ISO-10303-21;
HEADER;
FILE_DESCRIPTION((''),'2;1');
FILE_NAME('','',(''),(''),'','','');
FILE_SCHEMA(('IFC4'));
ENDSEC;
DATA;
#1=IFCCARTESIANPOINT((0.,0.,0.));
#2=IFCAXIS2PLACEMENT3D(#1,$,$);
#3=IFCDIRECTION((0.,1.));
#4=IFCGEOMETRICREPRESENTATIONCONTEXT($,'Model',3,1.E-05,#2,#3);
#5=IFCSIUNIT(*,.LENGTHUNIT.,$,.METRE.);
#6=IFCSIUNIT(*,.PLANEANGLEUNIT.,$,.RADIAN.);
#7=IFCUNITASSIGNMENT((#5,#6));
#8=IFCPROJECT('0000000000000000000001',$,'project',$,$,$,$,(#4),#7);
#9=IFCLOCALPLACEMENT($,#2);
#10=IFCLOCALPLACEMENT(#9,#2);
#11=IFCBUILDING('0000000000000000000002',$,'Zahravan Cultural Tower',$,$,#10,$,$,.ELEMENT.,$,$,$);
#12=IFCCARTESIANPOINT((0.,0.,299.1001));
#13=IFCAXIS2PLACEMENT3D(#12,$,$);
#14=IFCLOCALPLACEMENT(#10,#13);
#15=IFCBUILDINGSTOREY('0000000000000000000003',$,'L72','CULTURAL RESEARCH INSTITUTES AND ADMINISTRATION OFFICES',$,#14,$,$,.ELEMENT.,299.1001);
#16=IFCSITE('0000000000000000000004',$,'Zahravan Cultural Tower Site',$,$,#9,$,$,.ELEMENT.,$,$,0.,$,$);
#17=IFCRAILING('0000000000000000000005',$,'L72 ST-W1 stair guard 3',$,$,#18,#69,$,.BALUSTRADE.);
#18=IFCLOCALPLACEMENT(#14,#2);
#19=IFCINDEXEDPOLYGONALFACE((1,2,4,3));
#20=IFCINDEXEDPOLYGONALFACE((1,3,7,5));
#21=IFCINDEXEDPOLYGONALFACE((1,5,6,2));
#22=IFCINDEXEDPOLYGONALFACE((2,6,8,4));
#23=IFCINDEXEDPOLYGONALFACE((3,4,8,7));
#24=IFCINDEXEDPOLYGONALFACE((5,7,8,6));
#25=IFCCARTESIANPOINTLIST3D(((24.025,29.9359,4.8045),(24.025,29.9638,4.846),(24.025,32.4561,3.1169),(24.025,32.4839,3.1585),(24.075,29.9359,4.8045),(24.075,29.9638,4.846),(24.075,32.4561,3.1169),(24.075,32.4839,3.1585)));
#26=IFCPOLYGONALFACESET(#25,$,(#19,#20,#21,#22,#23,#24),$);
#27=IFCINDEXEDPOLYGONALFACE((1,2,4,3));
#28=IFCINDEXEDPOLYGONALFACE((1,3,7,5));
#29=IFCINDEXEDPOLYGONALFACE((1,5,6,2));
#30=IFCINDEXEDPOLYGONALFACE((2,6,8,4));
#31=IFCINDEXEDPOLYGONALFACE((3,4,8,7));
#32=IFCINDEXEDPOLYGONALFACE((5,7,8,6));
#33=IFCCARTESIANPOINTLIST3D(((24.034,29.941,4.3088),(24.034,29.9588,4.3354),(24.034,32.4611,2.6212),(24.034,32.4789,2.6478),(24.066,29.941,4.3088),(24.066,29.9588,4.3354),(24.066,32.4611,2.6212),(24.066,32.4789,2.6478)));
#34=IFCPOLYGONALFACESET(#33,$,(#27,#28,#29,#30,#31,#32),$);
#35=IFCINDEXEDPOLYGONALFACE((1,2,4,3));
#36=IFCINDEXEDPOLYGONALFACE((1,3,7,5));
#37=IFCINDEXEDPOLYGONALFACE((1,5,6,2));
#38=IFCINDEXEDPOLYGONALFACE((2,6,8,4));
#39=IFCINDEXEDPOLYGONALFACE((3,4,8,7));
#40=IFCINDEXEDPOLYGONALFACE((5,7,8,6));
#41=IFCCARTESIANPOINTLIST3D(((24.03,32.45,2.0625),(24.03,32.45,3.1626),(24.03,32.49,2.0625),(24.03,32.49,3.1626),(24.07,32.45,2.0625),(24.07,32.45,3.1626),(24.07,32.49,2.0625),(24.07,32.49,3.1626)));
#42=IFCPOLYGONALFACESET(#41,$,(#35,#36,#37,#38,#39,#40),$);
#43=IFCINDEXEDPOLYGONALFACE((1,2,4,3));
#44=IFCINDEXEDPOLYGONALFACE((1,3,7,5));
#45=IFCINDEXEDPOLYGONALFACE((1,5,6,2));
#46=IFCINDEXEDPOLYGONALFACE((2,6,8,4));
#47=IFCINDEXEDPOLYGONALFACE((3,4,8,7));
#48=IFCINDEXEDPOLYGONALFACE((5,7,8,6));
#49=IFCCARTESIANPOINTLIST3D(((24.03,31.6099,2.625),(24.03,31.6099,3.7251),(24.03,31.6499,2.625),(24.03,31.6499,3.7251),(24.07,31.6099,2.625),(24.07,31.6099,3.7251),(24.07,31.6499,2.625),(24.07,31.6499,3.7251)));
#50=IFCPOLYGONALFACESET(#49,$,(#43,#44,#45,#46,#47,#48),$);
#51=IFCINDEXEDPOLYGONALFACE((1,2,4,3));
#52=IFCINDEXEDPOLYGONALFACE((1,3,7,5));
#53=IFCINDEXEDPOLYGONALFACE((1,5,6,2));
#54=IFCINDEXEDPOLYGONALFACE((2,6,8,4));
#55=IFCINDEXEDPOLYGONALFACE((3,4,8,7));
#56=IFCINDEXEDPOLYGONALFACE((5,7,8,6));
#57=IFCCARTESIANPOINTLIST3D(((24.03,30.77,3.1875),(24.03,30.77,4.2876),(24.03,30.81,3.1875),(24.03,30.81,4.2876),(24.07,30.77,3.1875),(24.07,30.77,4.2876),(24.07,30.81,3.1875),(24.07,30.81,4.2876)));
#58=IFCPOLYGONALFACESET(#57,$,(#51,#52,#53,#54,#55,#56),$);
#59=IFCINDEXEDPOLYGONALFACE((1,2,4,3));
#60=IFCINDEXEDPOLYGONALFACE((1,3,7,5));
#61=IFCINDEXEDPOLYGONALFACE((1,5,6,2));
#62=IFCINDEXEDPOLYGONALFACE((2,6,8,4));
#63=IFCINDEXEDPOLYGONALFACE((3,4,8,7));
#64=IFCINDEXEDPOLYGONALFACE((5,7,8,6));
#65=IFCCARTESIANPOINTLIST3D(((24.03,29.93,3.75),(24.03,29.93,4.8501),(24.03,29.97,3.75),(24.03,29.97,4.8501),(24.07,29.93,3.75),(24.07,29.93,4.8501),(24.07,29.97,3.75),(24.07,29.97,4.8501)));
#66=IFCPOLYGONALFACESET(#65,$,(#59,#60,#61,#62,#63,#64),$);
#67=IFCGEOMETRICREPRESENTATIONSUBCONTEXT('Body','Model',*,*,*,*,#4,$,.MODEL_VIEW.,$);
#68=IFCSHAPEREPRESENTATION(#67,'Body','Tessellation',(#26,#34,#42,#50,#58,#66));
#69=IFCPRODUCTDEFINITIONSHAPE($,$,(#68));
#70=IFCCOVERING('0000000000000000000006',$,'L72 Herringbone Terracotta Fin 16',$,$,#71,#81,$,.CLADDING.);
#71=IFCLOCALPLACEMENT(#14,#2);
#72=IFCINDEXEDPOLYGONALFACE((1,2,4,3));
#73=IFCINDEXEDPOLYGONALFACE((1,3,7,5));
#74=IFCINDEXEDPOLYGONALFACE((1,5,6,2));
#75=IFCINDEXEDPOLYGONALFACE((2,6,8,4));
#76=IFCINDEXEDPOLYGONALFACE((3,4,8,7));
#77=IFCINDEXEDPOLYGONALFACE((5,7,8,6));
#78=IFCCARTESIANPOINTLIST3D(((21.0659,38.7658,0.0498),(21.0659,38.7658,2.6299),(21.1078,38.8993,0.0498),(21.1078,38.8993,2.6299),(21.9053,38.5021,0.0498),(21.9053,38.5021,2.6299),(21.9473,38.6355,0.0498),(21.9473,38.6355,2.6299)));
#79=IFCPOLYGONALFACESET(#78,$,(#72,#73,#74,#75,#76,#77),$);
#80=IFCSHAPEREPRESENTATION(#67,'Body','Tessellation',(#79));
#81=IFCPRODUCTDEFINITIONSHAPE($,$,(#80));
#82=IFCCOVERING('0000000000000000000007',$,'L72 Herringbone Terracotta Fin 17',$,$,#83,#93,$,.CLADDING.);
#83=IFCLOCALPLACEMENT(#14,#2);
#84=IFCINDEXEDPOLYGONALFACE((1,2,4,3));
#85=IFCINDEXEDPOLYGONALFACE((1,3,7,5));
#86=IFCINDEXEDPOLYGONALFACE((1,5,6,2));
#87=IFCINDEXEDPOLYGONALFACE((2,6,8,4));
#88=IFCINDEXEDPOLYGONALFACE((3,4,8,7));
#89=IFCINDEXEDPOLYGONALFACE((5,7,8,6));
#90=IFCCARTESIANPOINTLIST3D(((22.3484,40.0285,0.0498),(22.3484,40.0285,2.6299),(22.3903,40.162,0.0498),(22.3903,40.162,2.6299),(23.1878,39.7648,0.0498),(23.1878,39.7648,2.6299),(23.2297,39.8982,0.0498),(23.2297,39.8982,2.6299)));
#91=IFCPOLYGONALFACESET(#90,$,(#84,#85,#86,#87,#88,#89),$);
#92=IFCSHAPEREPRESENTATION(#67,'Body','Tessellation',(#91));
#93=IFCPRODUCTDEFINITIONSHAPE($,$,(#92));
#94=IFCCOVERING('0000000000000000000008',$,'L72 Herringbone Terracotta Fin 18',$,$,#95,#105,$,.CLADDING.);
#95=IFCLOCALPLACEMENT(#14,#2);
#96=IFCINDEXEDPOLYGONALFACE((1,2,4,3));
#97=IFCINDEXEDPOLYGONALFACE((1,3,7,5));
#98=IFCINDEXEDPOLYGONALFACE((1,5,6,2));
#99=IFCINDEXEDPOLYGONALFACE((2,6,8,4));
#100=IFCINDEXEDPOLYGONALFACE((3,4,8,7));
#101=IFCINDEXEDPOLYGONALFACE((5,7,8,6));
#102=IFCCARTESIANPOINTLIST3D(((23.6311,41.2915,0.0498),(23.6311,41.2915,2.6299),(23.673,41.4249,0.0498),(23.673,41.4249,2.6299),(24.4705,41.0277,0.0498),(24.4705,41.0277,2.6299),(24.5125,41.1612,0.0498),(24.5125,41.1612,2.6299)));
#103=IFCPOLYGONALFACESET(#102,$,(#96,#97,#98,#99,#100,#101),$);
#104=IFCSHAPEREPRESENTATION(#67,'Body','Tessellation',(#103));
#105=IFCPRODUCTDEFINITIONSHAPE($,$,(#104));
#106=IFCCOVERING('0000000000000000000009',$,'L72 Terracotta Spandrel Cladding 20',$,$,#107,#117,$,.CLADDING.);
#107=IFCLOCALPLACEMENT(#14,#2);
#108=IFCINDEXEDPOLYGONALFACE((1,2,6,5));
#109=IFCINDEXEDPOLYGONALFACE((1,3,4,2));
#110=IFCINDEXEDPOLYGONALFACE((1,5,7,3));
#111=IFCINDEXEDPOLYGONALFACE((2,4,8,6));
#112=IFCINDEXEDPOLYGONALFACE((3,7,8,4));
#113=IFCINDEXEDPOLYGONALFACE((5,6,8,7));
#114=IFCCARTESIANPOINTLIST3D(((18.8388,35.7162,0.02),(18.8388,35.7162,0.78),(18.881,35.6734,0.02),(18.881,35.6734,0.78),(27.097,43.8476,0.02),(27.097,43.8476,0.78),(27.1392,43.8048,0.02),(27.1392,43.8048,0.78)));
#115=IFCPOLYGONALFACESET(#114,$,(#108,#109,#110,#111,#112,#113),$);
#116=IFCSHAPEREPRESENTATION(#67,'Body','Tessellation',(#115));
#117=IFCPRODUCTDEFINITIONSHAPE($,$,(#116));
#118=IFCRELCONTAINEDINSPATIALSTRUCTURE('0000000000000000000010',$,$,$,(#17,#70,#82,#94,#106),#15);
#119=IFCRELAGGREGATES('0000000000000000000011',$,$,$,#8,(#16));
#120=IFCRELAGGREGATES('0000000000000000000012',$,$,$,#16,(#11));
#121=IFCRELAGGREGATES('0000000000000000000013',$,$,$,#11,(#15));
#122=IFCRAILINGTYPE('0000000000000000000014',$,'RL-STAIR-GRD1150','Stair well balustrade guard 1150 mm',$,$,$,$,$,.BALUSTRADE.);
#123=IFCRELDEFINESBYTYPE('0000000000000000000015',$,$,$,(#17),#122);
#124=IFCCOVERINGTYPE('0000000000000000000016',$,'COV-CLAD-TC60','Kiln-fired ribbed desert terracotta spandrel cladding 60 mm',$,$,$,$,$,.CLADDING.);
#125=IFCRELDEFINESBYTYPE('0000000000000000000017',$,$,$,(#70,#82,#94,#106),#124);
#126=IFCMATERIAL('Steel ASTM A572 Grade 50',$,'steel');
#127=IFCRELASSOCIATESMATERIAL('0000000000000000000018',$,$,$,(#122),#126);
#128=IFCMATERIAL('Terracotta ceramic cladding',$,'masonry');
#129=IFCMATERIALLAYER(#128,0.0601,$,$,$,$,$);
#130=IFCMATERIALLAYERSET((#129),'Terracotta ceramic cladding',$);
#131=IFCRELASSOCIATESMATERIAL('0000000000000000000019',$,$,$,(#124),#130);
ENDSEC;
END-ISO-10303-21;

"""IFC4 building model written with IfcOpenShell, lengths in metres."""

from ifc_helpers import new_model, si_unit, direction, frame, origin, origin_2d, place, context, subcontext, project, spatial, rectangle, extrude, source, transform, mapped, material, layer, layer_set, type_object, element, save


model = new_model("IFC4")

# Units and contexts
model_context = context("Model", 3, precision=1e-05, world=origin(), true_north=direction((0.0, 1.0)))
body_context = subcontext(model_context, "Body", "Model", "MODEL_VIEW")
ifc_project = project(units=[si_unit("LENGTHUNIT", "METRE"), si_unit("PLANEANGLEUNIT", "RADIAN")], contexts=[model_context])

# Site, building, storey
site_placement = place(None, origin())
site = spatial("IfcSite", under=ifc_project, at=site_placement, Name="Zahravan Cultural Tower Site", CompositionType="ELEMENT", RefElevation=0.0)
building_placement = place(site_placement, origin())
building = spatial("IfcBuilding", under=site, at=building_placement, Name="Zahravan Cultural Tower", CompositionType="ELEMENT")
storey_placement = place(building_placement, frame((0.0, 0.0, 299.1001)))
storey = spatial("IfcBuildingStorey", under=building, at=storey_placement, Name="L72", Description="CULTURAL RESEARCH INSTITUTES AND ADMINISTRATION OFFICES", CompositionType="ELEMENT", Elevation=299.1001)

# Railing
ifc_material_1 = material(Name="Steel ASTM A572 Grade 50", Category="steel")
railing_type = type_object("IfcRailingType", Name="RL-STAIR-GRD1150", Description="Stair well balustrade guard 1150 mm", PredefinedType="BALUSTRADE", material=ifc_material_1)
railing_placement = place(storey_placement, frame((24.05, 32.47, 2.0625)))
element("IfcRailing", 1, at=railing_placement, inside=storey, type_object=railing_type, Name="L72 ST-W1 stair guard 3", PredefinedType="BALUSTRADE", context=body_context, shape_type="SweptSolid", body=[
    extrude(rectangle(XDim=0.05, YDim=0.05, at=origin_2d()), frame((0.0, 0.0, 1.0752), z_axis=(0.0, -0.830909, 0.556408), x_axis=(1.0, 0.0, 0.0)), (0.0, 0.0, 1.0), 3.033),
    extrude(rectangle(XDim=0.032, YDim=0.032, at=origin_2d()), frame((0.0, 0.0, 0.572), z_axis=(0.0, -0.830909, 0.556408), x_axis=(1.0, 0.0, 0.0)), (0.0, 0.0, 1.0), 3.033),
    extrude(rectangle(XDim=0.04, YDim=0.04, at=origin_2d()), origin(), (0.0, 0.0, 1.0), 1.1001),
    extrude(rectangle(XDim=0.04, YDim=0.04, at=origin_2d()), frame((0.0, -0.8401, 0.5625)), (0.0, 0.0, 1.0), 1.1001),
    extrude(rectangle(XDim=0.04, YDim=0.04, at=origin_2d()), frame((0.0, -1.6799, 1.125)), (0.0, 0.0, 1.0), 1.1001),
    extrude(rectangle(XDim=0.04, YDim=0.04, at=origin_2d()), frame((0.0, -2.52, 1.6875)), (0.0, 0.0, 1.0), 1.1001),
])

# Coverings
ifc_material_2 = material(Name="Terracotta ceramic cladding", Category="masonry")
ifc_layer_1 = layer(ifc_material_2, 0.0601)
ifc_layer_set_1 = layer_set([ifc_layer_1], Name="Terracotta ceramic cladding")
covering_type = type_object("IfcCoveringType", Name="COV-CLAD-TC60", Description="Kiln-fired ribbed desert terracotta spandrel cladding 60 mm", PredefinedType="CLADDING", material=ifc_layer_set_1)
shared_shape_1 = source(origin(), body_context, "Body", "SweptSolid", [
    extrude(rectangle(XDim=0.8799, YDim=0.1399, at=origin_2d()), origin(), (0.0, 0.0, 1.0), 2.5801),
])
for number, where, z_axis, x_axis, name in (
    (2, (21.5066, 38.7007, 0.0498), (0.0, 0.0, 1.0), (-0.954016, 0.299757, 0.0), "L72 Herringbone Terracotta Fin 16"),
    (3, (22.7891, 39.9634, 0.0498), (0.0, 0.0, 1.0), (-0.954016, 0.299757, 0.0), "L72 Herringbone Terracotta Fin 17"),
    (4, (24.0718, 41.2263, 0.0498), (0.0, 0.0, 1.0), (-0.954016, 0.299757, 0.0), "L72 Herringbone Terracotta Fin 18"),
):
    element("IfcCovering", number, at=place(storey_placement, frame(where, z_axis=z_axis, x_axis=x_axis)), inside=storey, type_object=covering_type, Name=name, PredefinedType="CLADDING", context=body_context, shape_type="MappedRepresentation", body=[
        mapped(shared_shape_1, transform((0.0, 0.0, 0.0), x_axis=(1.0, 0.0, 0.0), y_axis=(0.0, 1.0, 0.0), z_axis=(0.0, 0.0, 1.0), scale=1.0)),
    ])
shared_shape_2 = source(origin(), body_context, "Body", "SweptSolid", [
    extrude(rectangle(XDim=11.5896, YDim=0.0601, at=origin_2d()), origin(), (0.0, 0.0, 1.0), 0.76),
])
covering_placement = place(storey_placement, frame((22.989, 39.7605, 0.02), z_axis=(0.0, 0.0, 1.0), x_axis=(0.712553, 0.701618, 0.0)))
element("IfcCovering", 5, at=covering_placement, inside=storey, type_object=covering_type, Name="L72 Terracotta Spandrel Cladding 20", PredefinedType="CLADDING", context=body_context, shape_type="MappedRepresentation", body=[
    mapped(shared_shape_2, transform((0.0, 0.0, 0.0), x_axis=(1.0, 0.0, 0.0), y_axis=(0.0, 1.0, 0.0), z_axis=(0.0, 0.0, 1.0), scale=1.0)),
])

save(model, "model.ifc")
